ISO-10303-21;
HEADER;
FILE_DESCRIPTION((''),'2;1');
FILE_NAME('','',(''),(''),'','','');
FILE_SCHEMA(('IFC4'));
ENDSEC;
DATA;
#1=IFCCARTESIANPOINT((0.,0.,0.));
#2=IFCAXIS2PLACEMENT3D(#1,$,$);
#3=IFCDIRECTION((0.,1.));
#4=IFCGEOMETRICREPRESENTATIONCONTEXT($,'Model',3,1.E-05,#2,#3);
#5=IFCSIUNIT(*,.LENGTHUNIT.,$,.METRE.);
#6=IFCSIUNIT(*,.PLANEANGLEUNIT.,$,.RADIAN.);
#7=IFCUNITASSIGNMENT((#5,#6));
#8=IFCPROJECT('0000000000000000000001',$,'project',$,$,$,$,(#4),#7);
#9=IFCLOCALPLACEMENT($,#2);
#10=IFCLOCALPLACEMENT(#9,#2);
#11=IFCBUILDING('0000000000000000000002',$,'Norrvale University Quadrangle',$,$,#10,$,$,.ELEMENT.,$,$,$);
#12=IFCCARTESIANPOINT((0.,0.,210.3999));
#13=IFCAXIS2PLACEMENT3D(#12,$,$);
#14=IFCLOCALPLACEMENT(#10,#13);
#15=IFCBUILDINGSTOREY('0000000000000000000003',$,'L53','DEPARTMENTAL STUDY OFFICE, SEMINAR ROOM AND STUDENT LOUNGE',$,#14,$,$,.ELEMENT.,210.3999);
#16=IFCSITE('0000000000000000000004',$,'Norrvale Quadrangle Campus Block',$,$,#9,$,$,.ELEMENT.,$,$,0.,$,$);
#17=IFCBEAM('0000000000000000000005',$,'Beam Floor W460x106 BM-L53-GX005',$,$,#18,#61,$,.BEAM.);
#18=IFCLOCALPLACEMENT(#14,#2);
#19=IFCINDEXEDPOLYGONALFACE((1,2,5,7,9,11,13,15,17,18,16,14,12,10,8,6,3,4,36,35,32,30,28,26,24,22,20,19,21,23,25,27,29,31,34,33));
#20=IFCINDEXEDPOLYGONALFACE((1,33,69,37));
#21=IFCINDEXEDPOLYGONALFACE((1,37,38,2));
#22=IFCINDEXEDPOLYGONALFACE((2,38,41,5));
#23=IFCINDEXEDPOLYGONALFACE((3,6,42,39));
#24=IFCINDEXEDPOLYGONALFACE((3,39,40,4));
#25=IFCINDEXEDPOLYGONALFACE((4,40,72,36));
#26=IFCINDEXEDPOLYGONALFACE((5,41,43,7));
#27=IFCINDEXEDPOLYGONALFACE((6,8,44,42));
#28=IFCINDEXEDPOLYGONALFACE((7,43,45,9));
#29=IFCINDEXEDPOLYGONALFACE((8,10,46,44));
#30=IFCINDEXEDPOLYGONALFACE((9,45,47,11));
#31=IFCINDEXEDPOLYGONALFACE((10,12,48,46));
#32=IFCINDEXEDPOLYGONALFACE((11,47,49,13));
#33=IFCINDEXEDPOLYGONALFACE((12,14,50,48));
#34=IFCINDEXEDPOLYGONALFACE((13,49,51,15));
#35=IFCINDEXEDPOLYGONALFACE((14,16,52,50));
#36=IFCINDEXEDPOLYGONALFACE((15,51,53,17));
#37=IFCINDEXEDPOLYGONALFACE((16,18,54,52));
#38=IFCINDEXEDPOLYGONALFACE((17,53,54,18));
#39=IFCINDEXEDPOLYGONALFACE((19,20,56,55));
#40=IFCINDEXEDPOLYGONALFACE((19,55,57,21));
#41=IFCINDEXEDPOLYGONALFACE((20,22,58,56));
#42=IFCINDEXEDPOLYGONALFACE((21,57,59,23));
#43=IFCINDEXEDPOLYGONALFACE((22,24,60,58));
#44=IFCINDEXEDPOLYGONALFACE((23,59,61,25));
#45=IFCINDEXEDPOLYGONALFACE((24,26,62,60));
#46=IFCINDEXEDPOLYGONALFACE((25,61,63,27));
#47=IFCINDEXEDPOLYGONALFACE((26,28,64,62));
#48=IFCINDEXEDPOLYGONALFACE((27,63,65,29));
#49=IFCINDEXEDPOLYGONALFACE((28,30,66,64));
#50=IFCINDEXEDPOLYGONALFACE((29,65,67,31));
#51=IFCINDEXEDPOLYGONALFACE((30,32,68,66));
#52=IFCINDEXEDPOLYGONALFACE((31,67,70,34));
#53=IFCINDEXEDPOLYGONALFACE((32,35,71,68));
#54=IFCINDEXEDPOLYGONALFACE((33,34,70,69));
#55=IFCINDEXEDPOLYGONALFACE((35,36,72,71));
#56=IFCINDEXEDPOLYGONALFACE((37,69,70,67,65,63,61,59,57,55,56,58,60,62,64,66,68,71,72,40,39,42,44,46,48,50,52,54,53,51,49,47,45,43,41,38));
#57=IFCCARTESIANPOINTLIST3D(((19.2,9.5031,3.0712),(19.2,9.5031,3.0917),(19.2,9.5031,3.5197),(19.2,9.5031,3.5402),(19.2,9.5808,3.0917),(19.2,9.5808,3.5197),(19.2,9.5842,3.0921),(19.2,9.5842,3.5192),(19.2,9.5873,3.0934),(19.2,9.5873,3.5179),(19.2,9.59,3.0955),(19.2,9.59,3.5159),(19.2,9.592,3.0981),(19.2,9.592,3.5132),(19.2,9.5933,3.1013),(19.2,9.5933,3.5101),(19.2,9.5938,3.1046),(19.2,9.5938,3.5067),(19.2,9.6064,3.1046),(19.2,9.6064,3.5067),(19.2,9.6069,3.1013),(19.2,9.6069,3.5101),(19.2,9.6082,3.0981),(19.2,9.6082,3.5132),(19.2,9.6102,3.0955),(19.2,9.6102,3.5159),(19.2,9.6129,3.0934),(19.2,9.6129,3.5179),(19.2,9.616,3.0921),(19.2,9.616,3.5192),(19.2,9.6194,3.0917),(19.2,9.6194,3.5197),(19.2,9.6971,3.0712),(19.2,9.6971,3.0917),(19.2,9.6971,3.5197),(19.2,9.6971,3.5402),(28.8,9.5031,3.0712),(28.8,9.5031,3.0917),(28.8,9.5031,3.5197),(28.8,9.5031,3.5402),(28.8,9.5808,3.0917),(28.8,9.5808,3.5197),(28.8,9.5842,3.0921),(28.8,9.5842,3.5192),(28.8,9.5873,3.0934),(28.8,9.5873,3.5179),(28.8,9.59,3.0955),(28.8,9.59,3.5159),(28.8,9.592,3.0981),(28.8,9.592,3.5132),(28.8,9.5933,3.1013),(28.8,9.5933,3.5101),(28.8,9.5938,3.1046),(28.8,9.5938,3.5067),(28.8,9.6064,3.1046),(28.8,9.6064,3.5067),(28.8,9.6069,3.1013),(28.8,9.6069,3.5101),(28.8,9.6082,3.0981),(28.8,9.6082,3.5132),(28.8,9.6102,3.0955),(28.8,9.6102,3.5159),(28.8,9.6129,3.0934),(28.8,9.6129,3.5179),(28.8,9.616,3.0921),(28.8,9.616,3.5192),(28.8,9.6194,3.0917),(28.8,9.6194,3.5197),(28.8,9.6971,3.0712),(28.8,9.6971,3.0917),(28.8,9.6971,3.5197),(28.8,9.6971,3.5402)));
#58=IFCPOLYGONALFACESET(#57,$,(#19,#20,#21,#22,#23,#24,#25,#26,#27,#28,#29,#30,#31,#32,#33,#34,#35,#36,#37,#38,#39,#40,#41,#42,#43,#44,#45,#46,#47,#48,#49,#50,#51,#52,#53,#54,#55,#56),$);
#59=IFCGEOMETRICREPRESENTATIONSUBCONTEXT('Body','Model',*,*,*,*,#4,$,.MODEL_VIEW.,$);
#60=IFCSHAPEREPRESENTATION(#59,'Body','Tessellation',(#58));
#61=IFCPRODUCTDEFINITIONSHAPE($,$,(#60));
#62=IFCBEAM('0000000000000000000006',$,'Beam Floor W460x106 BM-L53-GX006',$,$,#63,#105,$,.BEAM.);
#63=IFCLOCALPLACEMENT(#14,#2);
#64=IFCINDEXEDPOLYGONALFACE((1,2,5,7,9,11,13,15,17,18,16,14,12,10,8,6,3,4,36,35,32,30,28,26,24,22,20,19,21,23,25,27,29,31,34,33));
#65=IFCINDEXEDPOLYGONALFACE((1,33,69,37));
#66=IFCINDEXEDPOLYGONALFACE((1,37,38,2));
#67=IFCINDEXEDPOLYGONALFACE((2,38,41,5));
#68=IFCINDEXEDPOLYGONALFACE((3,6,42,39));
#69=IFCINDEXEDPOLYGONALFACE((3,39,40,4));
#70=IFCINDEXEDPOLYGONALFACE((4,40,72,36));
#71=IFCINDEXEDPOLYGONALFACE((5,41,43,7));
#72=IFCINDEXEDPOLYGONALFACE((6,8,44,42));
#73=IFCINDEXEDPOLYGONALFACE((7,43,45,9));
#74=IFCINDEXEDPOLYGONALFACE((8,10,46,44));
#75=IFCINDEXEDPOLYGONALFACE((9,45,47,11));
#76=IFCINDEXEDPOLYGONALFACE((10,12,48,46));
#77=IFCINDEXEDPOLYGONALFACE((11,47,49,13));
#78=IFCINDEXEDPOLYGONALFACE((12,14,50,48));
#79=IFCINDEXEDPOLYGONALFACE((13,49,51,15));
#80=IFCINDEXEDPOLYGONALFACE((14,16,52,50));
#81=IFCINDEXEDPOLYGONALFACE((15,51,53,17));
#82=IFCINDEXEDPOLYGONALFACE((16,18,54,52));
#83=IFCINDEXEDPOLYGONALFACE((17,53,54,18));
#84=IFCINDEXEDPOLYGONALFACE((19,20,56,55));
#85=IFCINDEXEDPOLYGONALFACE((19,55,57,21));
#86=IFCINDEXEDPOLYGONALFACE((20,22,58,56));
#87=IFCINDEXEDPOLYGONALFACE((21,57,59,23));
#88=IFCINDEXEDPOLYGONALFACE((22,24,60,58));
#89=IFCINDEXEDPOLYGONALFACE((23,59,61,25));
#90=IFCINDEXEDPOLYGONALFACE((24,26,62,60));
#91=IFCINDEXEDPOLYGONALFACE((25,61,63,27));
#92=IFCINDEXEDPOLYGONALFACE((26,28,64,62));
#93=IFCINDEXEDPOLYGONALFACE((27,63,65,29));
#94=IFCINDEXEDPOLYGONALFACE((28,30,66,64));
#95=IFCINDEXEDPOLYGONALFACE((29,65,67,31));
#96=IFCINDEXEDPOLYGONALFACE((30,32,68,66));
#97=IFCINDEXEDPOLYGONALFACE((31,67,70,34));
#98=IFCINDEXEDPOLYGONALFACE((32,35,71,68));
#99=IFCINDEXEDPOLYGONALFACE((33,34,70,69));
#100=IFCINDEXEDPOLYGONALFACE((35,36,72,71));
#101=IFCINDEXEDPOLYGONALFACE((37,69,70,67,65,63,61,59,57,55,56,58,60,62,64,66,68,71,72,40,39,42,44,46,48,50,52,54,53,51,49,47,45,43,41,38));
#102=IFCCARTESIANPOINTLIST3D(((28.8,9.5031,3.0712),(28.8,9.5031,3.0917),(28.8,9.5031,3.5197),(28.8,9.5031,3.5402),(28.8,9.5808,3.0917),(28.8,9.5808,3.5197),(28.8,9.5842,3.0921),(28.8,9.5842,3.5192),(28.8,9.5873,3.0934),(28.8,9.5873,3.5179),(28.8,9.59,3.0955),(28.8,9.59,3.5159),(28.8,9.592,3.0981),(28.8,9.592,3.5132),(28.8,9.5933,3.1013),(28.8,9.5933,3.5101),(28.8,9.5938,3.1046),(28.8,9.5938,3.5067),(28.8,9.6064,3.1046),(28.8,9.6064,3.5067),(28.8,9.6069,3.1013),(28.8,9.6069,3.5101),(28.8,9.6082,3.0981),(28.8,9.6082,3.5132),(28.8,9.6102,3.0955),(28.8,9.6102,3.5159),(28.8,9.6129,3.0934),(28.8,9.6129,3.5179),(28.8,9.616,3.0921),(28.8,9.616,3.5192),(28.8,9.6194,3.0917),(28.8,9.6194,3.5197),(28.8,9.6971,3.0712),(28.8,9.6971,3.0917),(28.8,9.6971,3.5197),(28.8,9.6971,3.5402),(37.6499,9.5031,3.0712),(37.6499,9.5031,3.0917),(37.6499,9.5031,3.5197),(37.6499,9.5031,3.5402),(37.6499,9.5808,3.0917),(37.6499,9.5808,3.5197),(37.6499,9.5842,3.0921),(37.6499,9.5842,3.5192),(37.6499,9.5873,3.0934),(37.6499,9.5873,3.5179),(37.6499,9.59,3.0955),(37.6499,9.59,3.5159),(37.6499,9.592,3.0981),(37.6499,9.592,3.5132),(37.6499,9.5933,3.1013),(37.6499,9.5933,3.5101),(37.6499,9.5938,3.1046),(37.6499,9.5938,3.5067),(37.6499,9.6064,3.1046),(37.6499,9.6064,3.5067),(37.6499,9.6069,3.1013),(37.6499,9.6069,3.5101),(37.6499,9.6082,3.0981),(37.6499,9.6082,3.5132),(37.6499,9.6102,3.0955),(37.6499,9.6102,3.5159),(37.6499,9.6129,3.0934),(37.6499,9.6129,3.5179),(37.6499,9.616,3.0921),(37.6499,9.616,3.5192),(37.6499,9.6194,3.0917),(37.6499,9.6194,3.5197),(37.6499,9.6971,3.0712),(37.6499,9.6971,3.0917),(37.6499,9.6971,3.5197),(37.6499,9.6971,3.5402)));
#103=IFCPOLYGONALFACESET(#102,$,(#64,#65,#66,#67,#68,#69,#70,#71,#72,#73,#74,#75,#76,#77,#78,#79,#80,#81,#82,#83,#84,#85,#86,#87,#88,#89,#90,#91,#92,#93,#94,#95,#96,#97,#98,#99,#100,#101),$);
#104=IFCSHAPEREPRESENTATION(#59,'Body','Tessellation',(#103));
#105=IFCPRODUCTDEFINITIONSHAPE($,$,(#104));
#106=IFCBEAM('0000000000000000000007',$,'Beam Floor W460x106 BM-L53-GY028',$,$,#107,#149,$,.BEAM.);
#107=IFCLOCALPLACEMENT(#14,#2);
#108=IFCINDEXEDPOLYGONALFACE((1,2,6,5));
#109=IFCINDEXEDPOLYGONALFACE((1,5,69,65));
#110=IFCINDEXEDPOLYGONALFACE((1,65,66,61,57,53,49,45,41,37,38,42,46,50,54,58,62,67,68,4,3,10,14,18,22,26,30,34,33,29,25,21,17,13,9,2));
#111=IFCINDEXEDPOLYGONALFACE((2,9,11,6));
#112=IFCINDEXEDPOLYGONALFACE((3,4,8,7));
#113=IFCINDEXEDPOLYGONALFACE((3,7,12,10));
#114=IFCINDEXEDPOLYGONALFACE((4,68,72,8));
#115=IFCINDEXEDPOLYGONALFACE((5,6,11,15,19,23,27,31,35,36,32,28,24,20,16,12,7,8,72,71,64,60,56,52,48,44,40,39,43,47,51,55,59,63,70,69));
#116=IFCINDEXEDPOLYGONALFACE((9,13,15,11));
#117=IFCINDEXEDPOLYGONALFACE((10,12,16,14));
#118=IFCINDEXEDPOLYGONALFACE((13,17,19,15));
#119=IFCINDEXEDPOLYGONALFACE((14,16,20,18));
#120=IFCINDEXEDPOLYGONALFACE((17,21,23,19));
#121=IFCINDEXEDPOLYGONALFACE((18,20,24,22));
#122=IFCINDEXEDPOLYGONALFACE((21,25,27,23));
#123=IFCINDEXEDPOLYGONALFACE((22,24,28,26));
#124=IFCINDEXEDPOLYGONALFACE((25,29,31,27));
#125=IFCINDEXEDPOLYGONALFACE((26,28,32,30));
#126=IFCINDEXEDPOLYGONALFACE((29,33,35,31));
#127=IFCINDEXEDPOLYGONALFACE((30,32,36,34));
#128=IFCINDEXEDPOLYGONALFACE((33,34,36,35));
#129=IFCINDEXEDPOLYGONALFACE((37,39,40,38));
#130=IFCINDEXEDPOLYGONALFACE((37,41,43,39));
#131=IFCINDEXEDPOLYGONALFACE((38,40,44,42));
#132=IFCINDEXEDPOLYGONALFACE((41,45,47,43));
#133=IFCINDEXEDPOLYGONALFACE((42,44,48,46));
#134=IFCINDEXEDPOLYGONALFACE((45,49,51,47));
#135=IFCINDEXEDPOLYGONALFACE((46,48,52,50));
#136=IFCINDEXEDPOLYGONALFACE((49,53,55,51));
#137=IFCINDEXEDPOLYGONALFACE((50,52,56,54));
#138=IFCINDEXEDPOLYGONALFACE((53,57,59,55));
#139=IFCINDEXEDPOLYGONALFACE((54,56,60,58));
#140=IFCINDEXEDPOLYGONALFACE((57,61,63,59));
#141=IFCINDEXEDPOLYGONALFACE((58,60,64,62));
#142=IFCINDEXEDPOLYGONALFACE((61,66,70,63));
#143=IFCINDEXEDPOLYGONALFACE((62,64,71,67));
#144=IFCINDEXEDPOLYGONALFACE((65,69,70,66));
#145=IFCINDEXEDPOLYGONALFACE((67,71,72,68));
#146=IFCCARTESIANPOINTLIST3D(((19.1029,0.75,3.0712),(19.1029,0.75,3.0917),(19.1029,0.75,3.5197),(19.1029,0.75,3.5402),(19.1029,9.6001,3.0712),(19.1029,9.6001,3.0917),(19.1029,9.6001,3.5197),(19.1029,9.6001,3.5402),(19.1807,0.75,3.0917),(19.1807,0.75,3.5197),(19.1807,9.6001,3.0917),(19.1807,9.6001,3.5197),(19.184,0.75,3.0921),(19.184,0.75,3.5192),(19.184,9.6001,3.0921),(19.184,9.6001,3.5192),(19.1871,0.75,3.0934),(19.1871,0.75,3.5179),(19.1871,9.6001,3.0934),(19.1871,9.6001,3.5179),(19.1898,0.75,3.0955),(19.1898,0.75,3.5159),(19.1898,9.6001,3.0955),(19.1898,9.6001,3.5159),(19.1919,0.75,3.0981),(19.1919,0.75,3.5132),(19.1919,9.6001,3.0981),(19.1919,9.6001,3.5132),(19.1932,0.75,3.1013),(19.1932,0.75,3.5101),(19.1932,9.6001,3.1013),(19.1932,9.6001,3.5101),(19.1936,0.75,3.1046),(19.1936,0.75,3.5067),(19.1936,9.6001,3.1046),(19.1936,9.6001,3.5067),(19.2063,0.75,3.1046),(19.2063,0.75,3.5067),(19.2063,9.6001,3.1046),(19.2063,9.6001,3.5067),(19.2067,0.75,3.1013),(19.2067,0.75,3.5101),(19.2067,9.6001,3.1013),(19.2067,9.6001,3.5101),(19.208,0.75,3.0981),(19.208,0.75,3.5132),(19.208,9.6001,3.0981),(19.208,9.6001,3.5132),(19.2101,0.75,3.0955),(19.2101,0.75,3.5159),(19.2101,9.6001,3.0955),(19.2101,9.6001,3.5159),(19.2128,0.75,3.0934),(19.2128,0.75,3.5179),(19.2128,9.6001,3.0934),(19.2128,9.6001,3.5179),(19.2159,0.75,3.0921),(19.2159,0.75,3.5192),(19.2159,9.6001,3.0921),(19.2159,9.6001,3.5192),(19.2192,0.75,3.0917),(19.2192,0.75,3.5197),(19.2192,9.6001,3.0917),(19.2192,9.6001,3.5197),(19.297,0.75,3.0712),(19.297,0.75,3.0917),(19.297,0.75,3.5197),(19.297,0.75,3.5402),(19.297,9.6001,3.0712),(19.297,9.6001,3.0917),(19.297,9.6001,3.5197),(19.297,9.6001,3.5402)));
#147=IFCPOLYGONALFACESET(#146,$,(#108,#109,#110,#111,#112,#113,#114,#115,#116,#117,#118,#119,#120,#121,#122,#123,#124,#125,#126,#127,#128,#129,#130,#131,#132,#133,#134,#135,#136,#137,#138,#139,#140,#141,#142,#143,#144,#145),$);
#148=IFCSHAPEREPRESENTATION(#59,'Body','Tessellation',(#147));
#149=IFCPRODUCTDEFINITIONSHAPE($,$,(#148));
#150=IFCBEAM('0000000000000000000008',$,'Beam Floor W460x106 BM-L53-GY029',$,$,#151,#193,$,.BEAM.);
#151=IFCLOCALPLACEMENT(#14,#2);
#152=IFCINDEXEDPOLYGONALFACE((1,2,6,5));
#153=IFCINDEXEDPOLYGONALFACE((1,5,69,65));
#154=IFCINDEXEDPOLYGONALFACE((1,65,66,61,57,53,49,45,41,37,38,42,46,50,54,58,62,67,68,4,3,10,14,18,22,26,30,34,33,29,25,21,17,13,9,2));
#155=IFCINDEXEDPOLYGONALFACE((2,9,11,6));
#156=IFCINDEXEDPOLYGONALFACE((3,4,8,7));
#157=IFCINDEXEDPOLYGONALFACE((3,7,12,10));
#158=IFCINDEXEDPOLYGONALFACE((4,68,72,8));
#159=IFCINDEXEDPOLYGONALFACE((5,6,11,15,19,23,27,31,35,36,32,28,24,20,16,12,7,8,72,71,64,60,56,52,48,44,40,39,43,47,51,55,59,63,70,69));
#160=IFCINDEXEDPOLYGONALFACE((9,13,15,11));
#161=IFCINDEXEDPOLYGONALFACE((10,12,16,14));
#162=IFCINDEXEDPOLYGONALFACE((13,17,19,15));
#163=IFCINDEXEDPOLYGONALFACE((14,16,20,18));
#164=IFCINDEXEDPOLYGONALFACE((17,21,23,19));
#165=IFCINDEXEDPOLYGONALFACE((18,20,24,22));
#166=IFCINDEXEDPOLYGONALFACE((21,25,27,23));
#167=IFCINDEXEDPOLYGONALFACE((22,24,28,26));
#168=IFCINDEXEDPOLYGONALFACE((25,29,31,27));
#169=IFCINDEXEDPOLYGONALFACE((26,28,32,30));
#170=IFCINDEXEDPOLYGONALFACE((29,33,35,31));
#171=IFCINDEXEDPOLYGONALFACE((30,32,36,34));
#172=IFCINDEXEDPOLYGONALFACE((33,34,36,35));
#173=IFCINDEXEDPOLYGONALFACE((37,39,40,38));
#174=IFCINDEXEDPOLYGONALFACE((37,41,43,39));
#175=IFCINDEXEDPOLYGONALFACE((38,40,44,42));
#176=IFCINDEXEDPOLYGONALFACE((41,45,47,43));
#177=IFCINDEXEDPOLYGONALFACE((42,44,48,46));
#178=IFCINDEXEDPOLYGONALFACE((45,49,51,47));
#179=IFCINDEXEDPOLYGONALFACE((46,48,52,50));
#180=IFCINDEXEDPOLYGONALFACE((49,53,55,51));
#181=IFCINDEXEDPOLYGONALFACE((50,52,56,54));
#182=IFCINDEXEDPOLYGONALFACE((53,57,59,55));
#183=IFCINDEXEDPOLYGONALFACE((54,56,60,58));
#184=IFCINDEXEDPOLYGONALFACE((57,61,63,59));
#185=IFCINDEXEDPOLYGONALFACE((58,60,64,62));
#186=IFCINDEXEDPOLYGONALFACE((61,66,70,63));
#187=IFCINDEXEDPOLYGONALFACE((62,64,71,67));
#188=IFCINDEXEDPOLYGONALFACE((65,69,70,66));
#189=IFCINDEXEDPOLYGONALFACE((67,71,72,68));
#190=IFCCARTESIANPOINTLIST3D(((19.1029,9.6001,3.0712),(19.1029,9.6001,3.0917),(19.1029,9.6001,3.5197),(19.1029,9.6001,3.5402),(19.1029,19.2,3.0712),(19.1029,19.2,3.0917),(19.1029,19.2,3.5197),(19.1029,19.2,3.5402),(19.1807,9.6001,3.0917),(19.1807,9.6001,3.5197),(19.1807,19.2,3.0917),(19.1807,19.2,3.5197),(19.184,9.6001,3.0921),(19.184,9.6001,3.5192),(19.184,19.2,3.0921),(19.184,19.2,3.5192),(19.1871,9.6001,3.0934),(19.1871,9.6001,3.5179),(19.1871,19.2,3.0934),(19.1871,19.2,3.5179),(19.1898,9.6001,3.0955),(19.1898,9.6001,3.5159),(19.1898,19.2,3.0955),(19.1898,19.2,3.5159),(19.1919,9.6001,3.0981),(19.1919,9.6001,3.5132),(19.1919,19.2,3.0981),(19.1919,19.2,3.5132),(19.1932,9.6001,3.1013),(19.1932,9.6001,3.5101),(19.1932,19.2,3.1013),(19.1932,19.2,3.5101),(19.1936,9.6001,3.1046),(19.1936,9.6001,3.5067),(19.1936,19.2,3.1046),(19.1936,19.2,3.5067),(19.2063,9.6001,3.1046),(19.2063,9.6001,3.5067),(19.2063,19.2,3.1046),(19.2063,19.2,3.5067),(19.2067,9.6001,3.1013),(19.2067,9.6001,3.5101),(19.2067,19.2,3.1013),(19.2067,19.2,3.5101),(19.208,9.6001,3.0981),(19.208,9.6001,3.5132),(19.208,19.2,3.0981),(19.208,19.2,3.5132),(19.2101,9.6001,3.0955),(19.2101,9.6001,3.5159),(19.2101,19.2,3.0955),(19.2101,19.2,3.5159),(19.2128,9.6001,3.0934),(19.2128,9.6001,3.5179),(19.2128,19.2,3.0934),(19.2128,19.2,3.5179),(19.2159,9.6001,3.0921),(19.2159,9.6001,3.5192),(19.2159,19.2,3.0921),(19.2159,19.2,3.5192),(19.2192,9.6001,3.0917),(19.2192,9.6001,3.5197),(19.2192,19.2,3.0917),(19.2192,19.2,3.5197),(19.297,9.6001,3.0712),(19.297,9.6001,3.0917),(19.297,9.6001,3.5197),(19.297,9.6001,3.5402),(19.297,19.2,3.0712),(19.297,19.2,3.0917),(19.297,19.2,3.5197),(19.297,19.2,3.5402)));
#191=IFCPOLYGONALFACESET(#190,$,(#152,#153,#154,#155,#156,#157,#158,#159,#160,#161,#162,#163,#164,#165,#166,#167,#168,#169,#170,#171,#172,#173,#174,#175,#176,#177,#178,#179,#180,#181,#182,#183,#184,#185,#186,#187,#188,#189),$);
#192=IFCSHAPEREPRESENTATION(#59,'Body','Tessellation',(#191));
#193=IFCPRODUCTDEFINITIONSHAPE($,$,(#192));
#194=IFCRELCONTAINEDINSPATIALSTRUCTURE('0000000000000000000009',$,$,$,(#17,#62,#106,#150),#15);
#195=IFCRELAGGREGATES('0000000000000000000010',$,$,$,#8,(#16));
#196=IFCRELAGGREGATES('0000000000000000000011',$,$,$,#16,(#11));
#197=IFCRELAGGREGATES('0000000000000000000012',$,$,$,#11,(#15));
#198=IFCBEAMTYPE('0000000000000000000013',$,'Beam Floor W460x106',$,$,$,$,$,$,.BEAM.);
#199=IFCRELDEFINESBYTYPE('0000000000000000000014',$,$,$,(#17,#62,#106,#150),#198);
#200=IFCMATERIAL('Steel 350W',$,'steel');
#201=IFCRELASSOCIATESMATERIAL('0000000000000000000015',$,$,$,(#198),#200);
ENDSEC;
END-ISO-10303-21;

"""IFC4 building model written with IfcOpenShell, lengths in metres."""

from ifc_helpers import new_model, si_unit, direction, frame, origin, origin_2d, place, context, subcontext, project, spatial, i_section, extrude, material, material_profile, profile_set, type_object, element, save


model = new_model("IFC4")

# Units and contexts
model_context = context("Model", 3, precision=1e-05, world=origin(), true_north=direction((0.0, 1.0)))
body_context = subcontext(model_context, "Body", "Model", "MODEL_VIEW")
ifc_project = project(units=[si_unit("LENGTHUNIT", "METRE"), si_unit("PLANEANGLEUNIT", "RADIAN")], contexts=[model_context])

# Site, building, storey
site_placement = place(None, origin())
site = spatial("IfcSite", under=ifc_project, at=site_placement, Name="Norrvale Quadrangle Campus Block", CompositionType="ELEMENT", RefElevation=0.0)
building_placement = place(site_placement, origin())
building = spatial("IfcBuilding", under=site, at=building_placement, Name="Norrvale University Quadrangle", CompositionType="ELEMENT")
storey_placement = place(building_placement, frame((0.0, 0.0, 210.3999)))
storey = spatial("IfcBuildingStorey", under=building, at=storey_placement, Name="L53", Description="DEPARTMENTAL STUDY OFFICE, SEMINAR ROOM AND STUDENT LOUNGE", CompositionType="ELEMENT", Elevation=210.3999)

# Beams
ifc_material_1 = material(Name="Steel 350W", Category="steel")
ifc_material_profile_1 = material_profile(ifc_material_1, i_section(OverallWidth=0.1941, OverallDepth=0.469, WebThickness=0.0127, FlangeThickness=0.0205, FilletRadius=0.0129, at=origin_2d()), Name="Steel 350W")
ifc_profile_set_1 = profile_set([ifc_material_profile_1], Name="Steel 350W")
beam_type_1 = type_object("IfcBeamType", Name="Beam Floor W460x106", PredefinedType="BEAM", material=ifc_profile_set_1)
beam_1_placement = place(storey_placement, frame((19.2, 9.6001, 3.3057), z_axis=(1.0, 0.0, 0.0), x_axis=(0.0, 1.0, 0.0)))
element("IfcBeam", 1, at=beam_1_placement, inside=storey, type_object=beam_type_1, Name="Beam Floor W460x106 BM-L53-GX005", PredefinedType="BEAM", context=body_context, shape_type="SweptSolid", body=[
    extrude(i_section(OverallWidth=0.1941, OverallDepth=0.469, WebThickness=0.0127, FlangeThickness=0.0205, FilletRadius=0.0129, at=origin_2d()), origin(), (0.0, 0.0, 1.0), 9.6001),
])
beam_2_placement = place(storey_placement, frame((28.8, 9.6001, 3.3057), z_axis=(1.0, 0.0, 0.0), x_axis=(0.0, 1.0, 0.0)))
element("IfcBeam", 2, at=beam_2_placement, inside=storey, type_object=beam_type_1, Name="Beam Floor W460x106 BM-L53-GX006", PredefinedType="BEAM", context=body_context, shape_type="SweptSolid", body=[
    extrude(i_section(OverallWidth=0.1941, OverallDepth=0.469, WebThickness=0.0127, FlangeThickness=0.0205, FilletRadius=0.0129, at=origin_2d()), origin(), (0.0, 0.0, 1.0), 8.8499),
])
beam_3_placement = place(storey_placement, frame((19.2, 0.75, 3.3057), z_axis=(0.0, 1.0, 0.0), x_axis=(-1.0, 0.0, 0.0)))
element("IfcBeam", 3, at=beam_3_placement, inside=storey, type_object=beam_type_1, Name="Beam Floor W460x106 BM-L53-GY028", PredefinedType="BEAM", context=body_context, shape_type="SweptSolid", body=[
    extrude(i_section(OverallWidth=0.1941, OverallDepth=0.469, WebThickness=0.0127, FlangeThickness=0.0205, FilletRadius=0.0129, at=origin_2d()), origin(), (0.0, 0.0, 1.0), 8.8501),
])
beam_4_placement = place(storey_placement, frame((19.2, 9.6001, 3.3057), z_axis=(0.0, 1.0, 0.0), x_axis=(-1.0, 0.0, 0.0)))
element("IfcBeam", 4, at=beam_4_placement, inside=storey, type_object=beam_type_1, Name="Beam Floor W460x106 BM-L53-GY029", PredefinedType="BEAM", context=body_context, shape_type="SweptSolid", body=[
    extrude(i_section(OverallWidth=0.1941, OverallDepth=0.469, WebThickness=0.0127, FlangeThickness=0.0205, FilletRadius=0.0129, at=origin_2d()), origin(), (0.0, 0.0, 1.0), 9.5999),
])

save(model, "model.ifc")
